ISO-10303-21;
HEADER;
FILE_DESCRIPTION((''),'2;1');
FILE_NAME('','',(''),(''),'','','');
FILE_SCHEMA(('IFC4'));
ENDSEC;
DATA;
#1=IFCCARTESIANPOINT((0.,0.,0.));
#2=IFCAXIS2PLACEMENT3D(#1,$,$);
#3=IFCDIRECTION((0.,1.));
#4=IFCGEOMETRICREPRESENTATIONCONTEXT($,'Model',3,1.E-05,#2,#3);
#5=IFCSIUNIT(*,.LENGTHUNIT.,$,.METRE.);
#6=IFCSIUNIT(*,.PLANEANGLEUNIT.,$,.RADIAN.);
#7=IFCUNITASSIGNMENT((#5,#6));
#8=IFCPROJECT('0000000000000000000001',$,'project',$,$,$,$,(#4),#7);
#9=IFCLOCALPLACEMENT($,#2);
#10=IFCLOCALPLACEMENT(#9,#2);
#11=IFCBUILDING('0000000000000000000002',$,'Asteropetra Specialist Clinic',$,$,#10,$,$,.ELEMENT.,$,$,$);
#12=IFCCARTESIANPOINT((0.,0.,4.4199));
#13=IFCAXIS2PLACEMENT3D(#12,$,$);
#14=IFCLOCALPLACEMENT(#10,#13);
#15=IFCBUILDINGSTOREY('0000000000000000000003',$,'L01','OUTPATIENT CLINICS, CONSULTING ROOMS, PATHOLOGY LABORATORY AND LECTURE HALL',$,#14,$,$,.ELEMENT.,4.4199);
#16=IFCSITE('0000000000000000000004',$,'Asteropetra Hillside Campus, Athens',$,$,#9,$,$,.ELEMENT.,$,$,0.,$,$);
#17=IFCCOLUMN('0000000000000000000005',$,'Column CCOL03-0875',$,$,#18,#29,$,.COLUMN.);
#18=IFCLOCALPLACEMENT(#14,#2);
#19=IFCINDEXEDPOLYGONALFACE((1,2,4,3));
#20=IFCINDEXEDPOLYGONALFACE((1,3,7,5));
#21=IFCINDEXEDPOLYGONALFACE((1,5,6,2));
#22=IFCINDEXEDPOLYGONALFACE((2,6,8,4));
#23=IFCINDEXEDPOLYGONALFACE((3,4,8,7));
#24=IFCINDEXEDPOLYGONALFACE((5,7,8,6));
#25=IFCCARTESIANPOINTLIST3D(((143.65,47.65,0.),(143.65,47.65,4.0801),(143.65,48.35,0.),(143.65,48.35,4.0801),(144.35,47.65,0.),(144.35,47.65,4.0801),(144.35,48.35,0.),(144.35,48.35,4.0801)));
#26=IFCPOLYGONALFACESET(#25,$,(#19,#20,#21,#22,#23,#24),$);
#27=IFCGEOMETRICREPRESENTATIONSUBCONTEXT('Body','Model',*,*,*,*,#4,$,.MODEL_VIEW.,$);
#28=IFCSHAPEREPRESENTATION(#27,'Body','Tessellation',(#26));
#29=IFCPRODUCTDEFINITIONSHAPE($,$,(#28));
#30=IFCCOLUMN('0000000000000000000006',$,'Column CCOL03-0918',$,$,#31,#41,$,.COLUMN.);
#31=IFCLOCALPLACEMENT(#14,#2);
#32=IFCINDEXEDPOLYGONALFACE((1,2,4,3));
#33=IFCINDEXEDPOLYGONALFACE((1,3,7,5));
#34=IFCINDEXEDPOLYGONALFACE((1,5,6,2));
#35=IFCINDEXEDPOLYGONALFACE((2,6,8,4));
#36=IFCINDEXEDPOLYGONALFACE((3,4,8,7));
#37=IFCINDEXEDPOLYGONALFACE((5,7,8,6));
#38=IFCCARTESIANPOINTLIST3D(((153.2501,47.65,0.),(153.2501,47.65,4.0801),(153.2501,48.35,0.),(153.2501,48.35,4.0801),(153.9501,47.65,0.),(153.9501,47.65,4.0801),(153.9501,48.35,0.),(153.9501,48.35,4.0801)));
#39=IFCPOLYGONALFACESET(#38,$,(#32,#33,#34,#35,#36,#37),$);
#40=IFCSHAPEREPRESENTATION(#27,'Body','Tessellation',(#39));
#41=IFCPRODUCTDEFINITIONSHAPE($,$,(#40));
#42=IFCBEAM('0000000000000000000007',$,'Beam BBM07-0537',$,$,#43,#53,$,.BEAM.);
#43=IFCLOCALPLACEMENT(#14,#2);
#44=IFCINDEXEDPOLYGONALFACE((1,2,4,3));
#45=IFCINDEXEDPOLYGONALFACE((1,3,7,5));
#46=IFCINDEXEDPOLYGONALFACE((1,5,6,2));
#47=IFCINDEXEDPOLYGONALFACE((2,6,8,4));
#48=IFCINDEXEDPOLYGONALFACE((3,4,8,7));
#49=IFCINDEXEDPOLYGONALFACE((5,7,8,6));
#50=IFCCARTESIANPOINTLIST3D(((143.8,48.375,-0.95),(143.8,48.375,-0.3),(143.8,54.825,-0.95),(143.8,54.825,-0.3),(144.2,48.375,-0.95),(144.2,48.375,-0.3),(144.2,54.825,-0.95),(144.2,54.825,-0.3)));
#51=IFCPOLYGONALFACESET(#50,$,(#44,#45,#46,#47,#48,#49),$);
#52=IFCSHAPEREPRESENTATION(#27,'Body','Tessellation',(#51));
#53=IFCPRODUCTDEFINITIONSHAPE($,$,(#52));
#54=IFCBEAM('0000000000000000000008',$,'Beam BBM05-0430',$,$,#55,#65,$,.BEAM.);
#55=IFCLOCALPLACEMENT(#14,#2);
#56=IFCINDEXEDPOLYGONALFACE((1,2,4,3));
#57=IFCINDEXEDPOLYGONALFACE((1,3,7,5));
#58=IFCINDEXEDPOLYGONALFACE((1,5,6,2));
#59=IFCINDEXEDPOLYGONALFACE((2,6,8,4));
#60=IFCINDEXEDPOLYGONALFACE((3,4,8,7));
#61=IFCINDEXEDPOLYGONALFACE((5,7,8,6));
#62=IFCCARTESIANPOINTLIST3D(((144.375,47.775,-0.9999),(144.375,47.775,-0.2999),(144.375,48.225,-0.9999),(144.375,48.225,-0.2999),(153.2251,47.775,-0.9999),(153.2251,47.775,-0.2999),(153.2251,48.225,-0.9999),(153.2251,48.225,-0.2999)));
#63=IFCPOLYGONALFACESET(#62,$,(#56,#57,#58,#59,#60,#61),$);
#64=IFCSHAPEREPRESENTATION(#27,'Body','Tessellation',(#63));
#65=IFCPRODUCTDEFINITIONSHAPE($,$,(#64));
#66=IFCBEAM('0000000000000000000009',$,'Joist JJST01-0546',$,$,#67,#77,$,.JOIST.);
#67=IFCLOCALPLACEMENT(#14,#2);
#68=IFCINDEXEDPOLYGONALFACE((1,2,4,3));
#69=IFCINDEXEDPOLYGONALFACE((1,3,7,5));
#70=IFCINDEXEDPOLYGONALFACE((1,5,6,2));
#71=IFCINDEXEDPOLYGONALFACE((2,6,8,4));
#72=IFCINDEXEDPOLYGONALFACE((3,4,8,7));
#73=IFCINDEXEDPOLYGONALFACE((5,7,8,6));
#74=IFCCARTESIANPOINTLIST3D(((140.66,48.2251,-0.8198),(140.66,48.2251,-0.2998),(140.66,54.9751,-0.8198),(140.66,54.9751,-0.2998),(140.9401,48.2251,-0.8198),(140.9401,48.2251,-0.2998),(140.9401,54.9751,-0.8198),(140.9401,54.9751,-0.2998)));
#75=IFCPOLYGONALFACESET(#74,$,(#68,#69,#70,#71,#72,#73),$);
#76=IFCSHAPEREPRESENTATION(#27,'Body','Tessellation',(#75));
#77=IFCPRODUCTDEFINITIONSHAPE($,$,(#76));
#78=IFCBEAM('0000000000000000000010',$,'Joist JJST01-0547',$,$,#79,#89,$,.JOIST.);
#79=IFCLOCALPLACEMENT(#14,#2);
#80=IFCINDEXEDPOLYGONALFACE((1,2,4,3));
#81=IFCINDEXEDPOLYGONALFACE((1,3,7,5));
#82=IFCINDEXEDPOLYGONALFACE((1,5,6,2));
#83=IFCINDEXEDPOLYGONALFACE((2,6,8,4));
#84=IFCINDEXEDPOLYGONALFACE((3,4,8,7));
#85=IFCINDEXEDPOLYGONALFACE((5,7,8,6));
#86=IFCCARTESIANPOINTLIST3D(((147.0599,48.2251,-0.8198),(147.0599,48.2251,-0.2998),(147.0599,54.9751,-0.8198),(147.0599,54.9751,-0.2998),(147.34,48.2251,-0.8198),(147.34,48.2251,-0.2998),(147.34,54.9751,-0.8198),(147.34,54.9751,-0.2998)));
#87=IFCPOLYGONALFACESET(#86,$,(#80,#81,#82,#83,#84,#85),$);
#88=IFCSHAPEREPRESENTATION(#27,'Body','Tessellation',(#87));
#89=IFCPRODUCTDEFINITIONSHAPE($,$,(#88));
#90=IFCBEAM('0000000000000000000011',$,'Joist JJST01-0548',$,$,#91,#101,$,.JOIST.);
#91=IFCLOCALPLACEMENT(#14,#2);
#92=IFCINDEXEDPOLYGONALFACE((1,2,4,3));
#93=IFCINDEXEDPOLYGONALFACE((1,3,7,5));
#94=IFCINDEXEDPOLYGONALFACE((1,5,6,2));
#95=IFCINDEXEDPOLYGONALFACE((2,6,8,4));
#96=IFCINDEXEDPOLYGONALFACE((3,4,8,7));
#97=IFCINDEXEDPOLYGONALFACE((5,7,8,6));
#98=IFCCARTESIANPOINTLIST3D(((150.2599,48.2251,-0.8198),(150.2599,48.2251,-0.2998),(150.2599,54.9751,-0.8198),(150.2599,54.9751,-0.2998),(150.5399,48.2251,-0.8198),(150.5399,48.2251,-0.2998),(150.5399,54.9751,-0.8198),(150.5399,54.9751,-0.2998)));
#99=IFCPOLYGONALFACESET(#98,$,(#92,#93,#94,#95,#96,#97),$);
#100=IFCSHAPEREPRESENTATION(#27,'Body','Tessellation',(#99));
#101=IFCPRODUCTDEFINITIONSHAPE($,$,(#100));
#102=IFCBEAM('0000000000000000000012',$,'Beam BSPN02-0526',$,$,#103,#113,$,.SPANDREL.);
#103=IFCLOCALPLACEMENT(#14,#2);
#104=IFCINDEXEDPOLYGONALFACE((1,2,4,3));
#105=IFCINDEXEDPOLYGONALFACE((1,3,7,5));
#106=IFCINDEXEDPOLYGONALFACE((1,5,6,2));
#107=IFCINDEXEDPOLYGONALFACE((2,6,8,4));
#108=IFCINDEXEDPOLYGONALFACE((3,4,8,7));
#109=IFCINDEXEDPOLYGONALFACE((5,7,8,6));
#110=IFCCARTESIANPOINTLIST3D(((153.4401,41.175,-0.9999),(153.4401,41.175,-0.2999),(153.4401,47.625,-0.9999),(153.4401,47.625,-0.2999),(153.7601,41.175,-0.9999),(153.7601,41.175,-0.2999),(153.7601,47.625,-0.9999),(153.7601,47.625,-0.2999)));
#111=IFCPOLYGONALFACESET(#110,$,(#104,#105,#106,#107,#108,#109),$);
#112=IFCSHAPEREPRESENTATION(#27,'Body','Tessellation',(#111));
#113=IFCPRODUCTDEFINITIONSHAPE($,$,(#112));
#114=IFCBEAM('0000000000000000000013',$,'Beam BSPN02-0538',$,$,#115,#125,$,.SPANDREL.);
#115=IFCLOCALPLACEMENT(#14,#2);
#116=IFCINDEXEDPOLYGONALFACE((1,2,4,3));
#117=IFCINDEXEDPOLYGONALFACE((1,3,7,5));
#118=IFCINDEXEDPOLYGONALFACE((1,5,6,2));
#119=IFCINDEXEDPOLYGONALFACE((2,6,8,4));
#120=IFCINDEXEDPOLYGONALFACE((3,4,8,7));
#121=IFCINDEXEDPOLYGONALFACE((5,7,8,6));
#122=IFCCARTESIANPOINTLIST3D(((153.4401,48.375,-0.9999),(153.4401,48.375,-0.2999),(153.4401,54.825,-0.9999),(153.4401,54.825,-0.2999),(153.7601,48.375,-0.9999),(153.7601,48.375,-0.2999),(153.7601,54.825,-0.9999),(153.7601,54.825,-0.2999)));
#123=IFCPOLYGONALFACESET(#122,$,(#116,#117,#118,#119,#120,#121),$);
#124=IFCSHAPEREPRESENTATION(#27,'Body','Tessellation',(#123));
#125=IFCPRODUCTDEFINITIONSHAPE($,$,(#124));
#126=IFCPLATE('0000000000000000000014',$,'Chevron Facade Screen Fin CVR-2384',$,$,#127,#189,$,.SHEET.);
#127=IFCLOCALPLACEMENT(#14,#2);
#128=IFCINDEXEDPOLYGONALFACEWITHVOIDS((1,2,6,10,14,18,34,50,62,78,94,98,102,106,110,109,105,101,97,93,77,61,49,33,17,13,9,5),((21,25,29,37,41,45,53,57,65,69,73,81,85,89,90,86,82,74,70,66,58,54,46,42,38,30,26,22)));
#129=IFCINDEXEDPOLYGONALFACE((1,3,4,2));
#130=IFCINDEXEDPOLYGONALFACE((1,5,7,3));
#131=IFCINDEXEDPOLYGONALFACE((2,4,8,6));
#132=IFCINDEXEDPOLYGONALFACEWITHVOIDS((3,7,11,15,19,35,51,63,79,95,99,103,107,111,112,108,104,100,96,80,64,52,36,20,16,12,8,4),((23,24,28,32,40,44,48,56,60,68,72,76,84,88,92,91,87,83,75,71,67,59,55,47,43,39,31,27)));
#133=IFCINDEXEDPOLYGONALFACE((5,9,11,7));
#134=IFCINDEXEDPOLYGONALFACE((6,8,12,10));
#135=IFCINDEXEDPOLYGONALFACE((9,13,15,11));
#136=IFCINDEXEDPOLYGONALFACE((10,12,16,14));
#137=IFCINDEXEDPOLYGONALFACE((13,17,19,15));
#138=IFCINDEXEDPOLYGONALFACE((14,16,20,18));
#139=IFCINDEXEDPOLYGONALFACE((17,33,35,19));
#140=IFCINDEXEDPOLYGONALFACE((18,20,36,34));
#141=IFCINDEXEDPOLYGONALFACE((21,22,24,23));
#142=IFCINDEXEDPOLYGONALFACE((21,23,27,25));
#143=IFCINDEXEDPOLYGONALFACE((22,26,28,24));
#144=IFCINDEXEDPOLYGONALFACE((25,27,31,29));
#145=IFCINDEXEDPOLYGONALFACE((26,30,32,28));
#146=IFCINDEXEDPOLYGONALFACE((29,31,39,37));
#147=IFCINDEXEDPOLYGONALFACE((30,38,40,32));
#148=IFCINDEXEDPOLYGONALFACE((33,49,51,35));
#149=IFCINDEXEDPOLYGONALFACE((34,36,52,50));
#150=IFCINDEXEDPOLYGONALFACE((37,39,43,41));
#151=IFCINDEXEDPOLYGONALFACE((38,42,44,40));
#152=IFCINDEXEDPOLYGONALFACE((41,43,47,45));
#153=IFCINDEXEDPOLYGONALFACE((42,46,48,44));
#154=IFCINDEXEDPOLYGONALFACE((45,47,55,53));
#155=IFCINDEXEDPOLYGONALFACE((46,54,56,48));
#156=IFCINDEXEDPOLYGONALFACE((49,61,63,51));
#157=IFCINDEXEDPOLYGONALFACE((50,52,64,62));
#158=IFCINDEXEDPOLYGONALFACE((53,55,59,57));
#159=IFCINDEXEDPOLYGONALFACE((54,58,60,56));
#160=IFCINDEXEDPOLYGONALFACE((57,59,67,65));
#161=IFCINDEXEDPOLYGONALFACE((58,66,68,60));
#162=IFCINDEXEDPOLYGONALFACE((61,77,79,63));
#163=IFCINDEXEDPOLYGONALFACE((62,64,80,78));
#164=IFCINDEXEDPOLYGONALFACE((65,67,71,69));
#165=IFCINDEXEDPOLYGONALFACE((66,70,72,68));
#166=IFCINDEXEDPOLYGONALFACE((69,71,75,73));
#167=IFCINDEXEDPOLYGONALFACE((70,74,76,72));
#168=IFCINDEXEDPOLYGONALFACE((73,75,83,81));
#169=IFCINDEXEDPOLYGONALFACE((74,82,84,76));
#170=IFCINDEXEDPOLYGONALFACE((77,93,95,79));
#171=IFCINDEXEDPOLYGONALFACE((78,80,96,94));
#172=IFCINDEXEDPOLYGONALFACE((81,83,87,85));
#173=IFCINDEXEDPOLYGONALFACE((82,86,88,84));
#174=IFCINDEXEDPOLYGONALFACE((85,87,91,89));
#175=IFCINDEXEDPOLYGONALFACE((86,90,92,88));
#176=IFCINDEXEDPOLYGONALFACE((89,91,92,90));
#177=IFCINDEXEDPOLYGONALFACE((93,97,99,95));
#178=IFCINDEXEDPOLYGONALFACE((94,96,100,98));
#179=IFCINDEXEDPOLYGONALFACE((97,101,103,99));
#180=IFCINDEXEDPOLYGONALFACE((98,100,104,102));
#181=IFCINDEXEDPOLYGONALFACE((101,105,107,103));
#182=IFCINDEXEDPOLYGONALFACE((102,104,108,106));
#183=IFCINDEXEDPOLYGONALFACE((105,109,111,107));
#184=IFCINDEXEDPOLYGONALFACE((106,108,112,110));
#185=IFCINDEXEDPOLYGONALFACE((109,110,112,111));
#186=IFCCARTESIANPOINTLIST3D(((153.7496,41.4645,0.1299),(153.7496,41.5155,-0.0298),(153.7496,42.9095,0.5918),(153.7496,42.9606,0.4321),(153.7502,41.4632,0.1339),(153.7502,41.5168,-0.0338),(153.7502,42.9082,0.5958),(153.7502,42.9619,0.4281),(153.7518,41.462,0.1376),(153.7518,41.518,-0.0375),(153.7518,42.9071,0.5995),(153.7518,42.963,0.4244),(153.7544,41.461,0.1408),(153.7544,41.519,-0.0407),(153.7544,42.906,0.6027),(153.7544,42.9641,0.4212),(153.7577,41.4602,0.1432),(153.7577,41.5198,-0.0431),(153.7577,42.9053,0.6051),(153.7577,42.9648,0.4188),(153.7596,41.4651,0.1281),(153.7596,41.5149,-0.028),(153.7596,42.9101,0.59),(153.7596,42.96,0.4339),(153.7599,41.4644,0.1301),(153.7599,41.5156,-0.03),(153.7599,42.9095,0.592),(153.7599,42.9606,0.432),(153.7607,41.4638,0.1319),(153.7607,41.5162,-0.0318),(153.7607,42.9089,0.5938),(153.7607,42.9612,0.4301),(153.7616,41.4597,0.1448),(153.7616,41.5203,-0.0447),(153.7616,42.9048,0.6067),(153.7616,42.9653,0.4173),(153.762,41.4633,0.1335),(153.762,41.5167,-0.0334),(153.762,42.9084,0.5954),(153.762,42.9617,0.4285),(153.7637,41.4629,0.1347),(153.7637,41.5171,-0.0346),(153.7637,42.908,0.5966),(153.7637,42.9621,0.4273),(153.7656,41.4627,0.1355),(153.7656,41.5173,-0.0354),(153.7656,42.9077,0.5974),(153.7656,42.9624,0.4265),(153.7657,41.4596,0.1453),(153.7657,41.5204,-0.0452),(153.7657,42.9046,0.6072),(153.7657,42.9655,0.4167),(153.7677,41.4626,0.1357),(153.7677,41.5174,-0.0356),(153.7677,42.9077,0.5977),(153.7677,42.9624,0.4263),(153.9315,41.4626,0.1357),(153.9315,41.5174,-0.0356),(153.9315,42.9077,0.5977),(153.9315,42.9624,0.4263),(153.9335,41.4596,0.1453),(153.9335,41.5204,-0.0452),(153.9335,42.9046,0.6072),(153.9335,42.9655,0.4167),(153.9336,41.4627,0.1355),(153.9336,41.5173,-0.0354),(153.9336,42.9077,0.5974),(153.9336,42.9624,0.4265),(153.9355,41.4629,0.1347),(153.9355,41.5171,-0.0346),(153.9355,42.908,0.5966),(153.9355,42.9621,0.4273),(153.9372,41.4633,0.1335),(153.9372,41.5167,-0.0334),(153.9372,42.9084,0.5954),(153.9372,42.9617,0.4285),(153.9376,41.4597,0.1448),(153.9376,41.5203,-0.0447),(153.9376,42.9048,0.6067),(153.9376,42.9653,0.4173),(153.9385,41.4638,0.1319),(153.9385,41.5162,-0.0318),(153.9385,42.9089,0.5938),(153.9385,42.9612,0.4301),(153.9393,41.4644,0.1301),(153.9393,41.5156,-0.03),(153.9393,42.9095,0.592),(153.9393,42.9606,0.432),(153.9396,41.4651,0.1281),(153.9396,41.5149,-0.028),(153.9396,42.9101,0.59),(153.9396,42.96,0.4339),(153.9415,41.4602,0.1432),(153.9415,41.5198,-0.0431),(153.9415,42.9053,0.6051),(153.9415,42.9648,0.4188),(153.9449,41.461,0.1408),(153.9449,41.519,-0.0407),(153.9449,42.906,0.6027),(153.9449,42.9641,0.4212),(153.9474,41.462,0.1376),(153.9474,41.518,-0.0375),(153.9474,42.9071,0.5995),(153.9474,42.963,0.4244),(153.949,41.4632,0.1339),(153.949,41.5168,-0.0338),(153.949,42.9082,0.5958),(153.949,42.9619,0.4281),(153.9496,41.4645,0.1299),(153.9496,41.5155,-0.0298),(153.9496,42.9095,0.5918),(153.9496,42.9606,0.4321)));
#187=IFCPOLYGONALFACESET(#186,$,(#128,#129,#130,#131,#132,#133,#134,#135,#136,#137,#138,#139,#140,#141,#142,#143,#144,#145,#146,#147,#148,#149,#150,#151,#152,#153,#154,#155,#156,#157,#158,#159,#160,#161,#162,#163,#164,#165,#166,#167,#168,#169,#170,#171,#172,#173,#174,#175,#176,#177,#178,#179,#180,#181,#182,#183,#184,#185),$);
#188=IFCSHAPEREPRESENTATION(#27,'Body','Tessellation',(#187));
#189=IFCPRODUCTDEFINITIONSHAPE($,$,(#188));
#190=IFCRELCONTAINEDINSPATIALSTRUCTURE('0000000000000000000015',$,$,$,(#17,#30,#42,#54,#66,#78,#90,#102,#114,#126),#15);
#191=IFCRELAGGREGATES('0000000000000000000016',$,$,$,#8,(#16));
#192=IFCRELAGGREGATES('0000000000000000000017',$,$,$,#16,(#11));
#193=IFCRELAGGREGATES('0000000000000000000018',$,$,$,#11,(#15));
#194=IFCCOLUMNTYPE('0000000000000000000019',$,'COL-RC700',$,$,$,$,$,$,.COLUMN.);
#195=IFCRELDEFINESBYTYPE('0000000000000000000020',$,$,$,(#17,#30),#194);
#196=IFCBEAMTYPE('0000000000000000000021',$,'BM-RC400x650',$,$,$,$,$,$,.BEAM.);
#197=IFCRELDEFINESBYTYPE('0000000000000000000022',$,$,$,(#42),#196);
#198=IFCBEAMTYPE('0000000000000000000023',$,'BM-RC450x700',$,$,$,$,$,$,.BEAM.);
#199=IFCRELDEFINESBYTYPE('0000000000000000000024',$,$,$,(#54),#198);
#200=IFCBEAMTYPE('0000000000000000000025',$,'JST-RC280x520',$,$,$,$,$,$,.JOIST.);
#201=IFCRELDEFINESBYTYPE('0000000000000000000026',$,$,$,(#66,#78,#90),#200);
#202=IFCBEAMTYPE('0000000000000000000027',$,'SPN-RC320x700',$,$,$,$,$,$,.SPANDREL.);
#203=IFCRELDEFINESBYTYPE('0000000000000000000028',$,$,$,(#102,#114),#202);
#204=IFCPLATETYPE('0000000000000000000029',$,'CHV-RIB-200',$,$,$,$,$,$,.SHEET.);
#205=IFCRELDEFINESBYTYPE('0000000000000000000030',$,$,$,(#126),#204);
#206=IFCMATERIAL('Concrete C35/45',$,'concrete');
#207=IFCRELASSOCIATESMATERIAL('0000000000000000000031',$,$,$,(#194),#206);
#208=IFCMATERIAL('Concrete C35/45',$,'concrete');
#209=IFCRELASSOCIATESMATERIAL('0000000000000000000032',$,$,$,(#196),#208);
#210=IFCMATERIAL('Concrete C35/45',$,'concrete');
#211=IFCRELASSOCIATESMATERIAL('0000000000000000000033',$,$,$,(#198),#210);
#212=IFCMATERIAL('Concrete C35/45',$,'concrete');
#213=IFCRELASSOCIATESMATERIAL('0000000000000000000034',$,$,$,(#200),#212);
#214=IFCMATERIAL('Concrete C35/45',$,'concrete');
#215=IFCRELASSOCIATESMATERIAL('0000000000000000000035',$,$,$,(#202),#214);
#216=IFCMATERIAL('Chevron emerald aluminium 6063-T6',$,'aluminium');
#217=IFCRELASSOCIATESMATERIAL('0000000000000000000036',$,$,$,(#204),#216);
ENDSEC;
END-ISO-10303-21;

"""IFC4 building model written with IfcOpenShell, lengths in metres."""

from ifc_helpers import new_model, si_unit, direction, frame, origin, origin_2d, place, context, subcontext, project, spatial, rectangle, hollow_rectangle, extrude, material, material_profile, profile_set, type_object, element, save


model = new_model("IFC4")

# Units and contexts
model_context = context("Model", 3, precision=1e-05, world=origin(), true_north=direction((0.0, 1.0)))
body_context = subcontext(model_context, "Body", "Model", "MODEL_VIEW")
ifc_project = project(units=[si_unit("LENGTHUNIT", "METRE"), si_unit("PLANEANGLEUNIT", "RADIAN")], contexts=[model_context])

# Site, building, storey
site_placement = place(None, origin())
site = spatial("IfcSite", under=ifc_project, at=site_placement, Name="Asteropetra Hillside Campus, Athens", CompositionType="ELEMENT", RefElevation=0.0)
building_placement = place(site_placement, origin())
building = spatial("IfcBuilding", under=site, at=building_placement, Name="Asteropetra Specialist Clinic", CompositionType="ELEMENT")
storey_placement = place(building_placement, frame((0.0, 0.0, 4.4199)))
storey = spatial("IfcBuildingStorey", under=building, at=storey_placement, Name="L01", Description="OUTPATIENT CLINICS, CONSULTING ROOMS, PATHOLOGY LABORATORY AND LECTURE HALL", CompositionType="ELEMENT", Elevation=4.4199)

# Columns
ifc_material_1 = material(Name="Concrete C35/45", Category="concrete")
ifc_material_profile_1 = material_profile(ifc_material_1, rectangle(XDim=0.7, YDim=0.7, at=origin_2d()), Name="RC 700x700")
ifc_profile_set_1 = profile_set([ifc_material_profile_1], Name="Concrete C35/45")
column_type = type_object("IfcColumnType", Name="COL-RC700", PredefinedType="COLUMN", material=ifc_profile_set_1)
for number, where, z_axis, x_axis, name in (
    (1, (144.0, 48.0, 0.0), (0.0, 0.0, 1.0), (1.0, 0.0, 0.0), "Column CCOL03-0875"),
    (2, (153.6001, 48.0, 0.0), (0.0, 0.0, 1.0), (1.0, 0.0, 0.0), "Column CCOL03-0918"),
):
    element("IfcColumn", number, at=place(storey_placement, frame(where, z_axis=z_axis, x_axis=x_axis)), inside=storey, type_object=column_type, Name=name, PredefinedType="COLUMN", context=body_context, shape_type="SweptSolid", body=[
        extrude(rectangle(XDim=0.7, YDim=0.7, at=origin_2d()), origin(), (0.0, 0.0, 1.0), 4.0801),
    ])

# Beams
ifc_material_2 = material(Name="Concrete C35/45", Category="concrete")
ifc_material_profile_2 = material_profile(ifc_material_2, rectangle(XDim=0.3999, YDim=0.6499, at=origin_2d()), Name="RCB 400x650")
ifc_profile_set_2 = profile_set([ifc_material_profile_2], Name="Concrete C35/45")
beam_type_1 = type_object("IfcBeamType", Name="BM-RC400x650", PredefinedType="BEAM", material=ifc_profile_set_2)
beam_1_placement = place(storey_placement, frame((144.0, 48.375, -0.625), z_axis=(0.0, 1.0, 0.0), x_axis=(-1.0, 0.0, 0.0)))
element("IfcBeam", 3, at=beam_1_placement, inside=storey, type_object=beam_type_1, Name="Beam BBM07-0537", PredefinedType="BEAM", context=body_context, shape_type="SweptSolid", body=[
    extrude(rectangle(XDim=0.3999, YDim=0.6499, at=origin_2d()), origin(), (0.0, 0.0, 1.0), 6.45),
])
ifc_material_3 = material(Name="Concrete C35/45", Category="concrete")
ifc_material_profile_3 = material_profile(ifc_material_3, rectangle(XDim=0.45, YDim=0.7, at=origin_2d()), Name="RCB 450x700")
ifc_profile_set_3 = profile_set([ifc_material_profile_3], Name="Concrete C35/45")
beam_type_2 = type_object("IfcBeamType", Name="BM-RC450x700", PredefinedType="BEAM", material=ifc_profile_set_3)
beam_2_placement = place(storey_placement, frame((144.375, 48.0, -0.6499), z_axis=(1.0, 0.0, 0.0), x_axis=(0.0, 1.0, 0.0)))
element("IfcBeam", 4, at=beam_2_placement, inside=storey, type_object=beam_type_2, Name="Beam BBM05-0430", PredefinedType="BEAM", context=body_context, shape_type="SweptSolid", body=[
    extrude(rectangle(XDim=0.45, YDim=0.7, at=origin_2d()), origin(), (0.0, 0.0, 1.0), 8.8501),
])
ifc_material_4 = material(Name="Concrete C35/45", Category="concrete")
ifc_material_profile_4 = material_profile(ifc_material_4, rectangle(XDim=0.28, YDim=0.52, at=origin_2d()), Name="RCJ 280x520")
ifc_profile_set_4 = profile_set([ifc_material_profile_4], Name="Concrete C35/45")
beam_type_3 = type_object("IfcBeamType", Name="JST-RC280x520", PredefinedType="JOIST", material=ifc_profile_set_4)
for number, where, z_axis, x_axis, name in (
    (5, (140.8, 48.2251, -0.5598), (0.0, 1.0, 0.0), (-1.0, 0.0, 0.0), "Joist JJST01-0546"),
    (6, (147.2, 48.2251, -0.5598), (0.0, 1.0, 0.0), (-1.0, 0.0, 0.0), "Joist JJST01-0547"),
    (7, (150.3999, 48.2251, -0.5598), (0.0, 1.0, 0.0), (-1.0, 0.0, 0.0), "Joist JJST01-0548"),
):
    element("IfcBeam", number, at=place(storey_placement, frame(where, z_axis=z_axis, x_axis=x_axis)), inside=storey, type_object=beam_type_3, Name=name, PredefinedType="JOIST", context=body_context, shape_type="SweptSolid", body=[
        extrude(rectangle(XDim=0.28, YDim=0.52, at=origin_2d()), origin(), (0.0, 0.0, 1.0), 6.75),
    ])
ifc_material_5 = material(Name="Concrete C35/45", Category="concrete")
ifc_material_profile_5 = material_profile(ifc_material_5, rectangle(XDim=0.3201, YDim=0.7, at=origin_2d()), Name="RCS 320x700")
ifc_profile_set_5 = profile_set([ifc_material_profile_5], Name="Concrete C35/45")
beam_type_4 = type_object("IfcBeamType", Name="SPN-RC320x700", PredefinedType="SPANDREL", material=ifc_profile_set_5)
for number, where, z_axis, x_axis, name in (
    (8, (153.6001, 41.175, -0.6499), (0.0, 1.0, 0.0), (-1.0, 0.0, 0.0), "Beam BSPN02-0526"),
    (9, (153.6001, 48.375, -0.6499), (0.0, 1.0, 0.0), (-1.0, 0.0, 0.0), "Beam BSPN02-0538"),
):
    element("IfcBeam", number, at=place(storey_placement, frame(where, z_axis=z_axis, x_axis=x_axis)), inside=storey, type_object=beam_type_4, Name=name, PredefinedType="SPANDREL", context=body_context, shape_type="SweptSolid", body=[
        extrude(rectangle(XDim=0.3201, YDim=0.7, at=origin_2d()), origin(), (0.0, 0.0, 1.0), 6.45),
    ])

# Plate
ifc_material_6 = material(Name="Chevron emerald aluminium 6063-T6", Category="aluminium")
ifc_material_profile_6 = material_profile(ifc_material_6, hollow_rectangle(XDim=0.2, YDim=0.2, WallThickness=0.01, InnerFilletRadius=0.0081, OuterFilletRadius=0.0161, at=origin_2d()), Name="SHS 200x200x10.0")
ifc_profile_set_6 = profile_set([ifc_material_profile_6], Name="Chevron emerald aluminium 6063-T6")
plate_type = type_object("IfcPlateType", Name="CHV-RIB-200", PredefinedType="SHEET", material=ifc_profile_set_6)
plate_1_placement = place(storey_placement, frame((153.8496, 41.49, 0.05), z_axis=(0.0, 0.952521, 0.304472), x_axis=(-1.0, 0.0, 0.0)))
element("IfcPlate", 10, at=plate_1_placement, inside=storey, type_object=plate_type, Name="Chevron Facade Screen Fin CVR-2384", PredefinedType="SHEET", context=body_context, shape_type="SweptSolid", body=[
    extrude(hollow_rectangle(XDim=0.2, YDim=0.2, WallThickness=0.01, InnerFilletRadius=0.0081, OuterFilletRadius=0.0161, at=origin_2d()), origin(), (0.0, 0.0, 1.0), 1.5171),
])

save(model, "model.ifc")
